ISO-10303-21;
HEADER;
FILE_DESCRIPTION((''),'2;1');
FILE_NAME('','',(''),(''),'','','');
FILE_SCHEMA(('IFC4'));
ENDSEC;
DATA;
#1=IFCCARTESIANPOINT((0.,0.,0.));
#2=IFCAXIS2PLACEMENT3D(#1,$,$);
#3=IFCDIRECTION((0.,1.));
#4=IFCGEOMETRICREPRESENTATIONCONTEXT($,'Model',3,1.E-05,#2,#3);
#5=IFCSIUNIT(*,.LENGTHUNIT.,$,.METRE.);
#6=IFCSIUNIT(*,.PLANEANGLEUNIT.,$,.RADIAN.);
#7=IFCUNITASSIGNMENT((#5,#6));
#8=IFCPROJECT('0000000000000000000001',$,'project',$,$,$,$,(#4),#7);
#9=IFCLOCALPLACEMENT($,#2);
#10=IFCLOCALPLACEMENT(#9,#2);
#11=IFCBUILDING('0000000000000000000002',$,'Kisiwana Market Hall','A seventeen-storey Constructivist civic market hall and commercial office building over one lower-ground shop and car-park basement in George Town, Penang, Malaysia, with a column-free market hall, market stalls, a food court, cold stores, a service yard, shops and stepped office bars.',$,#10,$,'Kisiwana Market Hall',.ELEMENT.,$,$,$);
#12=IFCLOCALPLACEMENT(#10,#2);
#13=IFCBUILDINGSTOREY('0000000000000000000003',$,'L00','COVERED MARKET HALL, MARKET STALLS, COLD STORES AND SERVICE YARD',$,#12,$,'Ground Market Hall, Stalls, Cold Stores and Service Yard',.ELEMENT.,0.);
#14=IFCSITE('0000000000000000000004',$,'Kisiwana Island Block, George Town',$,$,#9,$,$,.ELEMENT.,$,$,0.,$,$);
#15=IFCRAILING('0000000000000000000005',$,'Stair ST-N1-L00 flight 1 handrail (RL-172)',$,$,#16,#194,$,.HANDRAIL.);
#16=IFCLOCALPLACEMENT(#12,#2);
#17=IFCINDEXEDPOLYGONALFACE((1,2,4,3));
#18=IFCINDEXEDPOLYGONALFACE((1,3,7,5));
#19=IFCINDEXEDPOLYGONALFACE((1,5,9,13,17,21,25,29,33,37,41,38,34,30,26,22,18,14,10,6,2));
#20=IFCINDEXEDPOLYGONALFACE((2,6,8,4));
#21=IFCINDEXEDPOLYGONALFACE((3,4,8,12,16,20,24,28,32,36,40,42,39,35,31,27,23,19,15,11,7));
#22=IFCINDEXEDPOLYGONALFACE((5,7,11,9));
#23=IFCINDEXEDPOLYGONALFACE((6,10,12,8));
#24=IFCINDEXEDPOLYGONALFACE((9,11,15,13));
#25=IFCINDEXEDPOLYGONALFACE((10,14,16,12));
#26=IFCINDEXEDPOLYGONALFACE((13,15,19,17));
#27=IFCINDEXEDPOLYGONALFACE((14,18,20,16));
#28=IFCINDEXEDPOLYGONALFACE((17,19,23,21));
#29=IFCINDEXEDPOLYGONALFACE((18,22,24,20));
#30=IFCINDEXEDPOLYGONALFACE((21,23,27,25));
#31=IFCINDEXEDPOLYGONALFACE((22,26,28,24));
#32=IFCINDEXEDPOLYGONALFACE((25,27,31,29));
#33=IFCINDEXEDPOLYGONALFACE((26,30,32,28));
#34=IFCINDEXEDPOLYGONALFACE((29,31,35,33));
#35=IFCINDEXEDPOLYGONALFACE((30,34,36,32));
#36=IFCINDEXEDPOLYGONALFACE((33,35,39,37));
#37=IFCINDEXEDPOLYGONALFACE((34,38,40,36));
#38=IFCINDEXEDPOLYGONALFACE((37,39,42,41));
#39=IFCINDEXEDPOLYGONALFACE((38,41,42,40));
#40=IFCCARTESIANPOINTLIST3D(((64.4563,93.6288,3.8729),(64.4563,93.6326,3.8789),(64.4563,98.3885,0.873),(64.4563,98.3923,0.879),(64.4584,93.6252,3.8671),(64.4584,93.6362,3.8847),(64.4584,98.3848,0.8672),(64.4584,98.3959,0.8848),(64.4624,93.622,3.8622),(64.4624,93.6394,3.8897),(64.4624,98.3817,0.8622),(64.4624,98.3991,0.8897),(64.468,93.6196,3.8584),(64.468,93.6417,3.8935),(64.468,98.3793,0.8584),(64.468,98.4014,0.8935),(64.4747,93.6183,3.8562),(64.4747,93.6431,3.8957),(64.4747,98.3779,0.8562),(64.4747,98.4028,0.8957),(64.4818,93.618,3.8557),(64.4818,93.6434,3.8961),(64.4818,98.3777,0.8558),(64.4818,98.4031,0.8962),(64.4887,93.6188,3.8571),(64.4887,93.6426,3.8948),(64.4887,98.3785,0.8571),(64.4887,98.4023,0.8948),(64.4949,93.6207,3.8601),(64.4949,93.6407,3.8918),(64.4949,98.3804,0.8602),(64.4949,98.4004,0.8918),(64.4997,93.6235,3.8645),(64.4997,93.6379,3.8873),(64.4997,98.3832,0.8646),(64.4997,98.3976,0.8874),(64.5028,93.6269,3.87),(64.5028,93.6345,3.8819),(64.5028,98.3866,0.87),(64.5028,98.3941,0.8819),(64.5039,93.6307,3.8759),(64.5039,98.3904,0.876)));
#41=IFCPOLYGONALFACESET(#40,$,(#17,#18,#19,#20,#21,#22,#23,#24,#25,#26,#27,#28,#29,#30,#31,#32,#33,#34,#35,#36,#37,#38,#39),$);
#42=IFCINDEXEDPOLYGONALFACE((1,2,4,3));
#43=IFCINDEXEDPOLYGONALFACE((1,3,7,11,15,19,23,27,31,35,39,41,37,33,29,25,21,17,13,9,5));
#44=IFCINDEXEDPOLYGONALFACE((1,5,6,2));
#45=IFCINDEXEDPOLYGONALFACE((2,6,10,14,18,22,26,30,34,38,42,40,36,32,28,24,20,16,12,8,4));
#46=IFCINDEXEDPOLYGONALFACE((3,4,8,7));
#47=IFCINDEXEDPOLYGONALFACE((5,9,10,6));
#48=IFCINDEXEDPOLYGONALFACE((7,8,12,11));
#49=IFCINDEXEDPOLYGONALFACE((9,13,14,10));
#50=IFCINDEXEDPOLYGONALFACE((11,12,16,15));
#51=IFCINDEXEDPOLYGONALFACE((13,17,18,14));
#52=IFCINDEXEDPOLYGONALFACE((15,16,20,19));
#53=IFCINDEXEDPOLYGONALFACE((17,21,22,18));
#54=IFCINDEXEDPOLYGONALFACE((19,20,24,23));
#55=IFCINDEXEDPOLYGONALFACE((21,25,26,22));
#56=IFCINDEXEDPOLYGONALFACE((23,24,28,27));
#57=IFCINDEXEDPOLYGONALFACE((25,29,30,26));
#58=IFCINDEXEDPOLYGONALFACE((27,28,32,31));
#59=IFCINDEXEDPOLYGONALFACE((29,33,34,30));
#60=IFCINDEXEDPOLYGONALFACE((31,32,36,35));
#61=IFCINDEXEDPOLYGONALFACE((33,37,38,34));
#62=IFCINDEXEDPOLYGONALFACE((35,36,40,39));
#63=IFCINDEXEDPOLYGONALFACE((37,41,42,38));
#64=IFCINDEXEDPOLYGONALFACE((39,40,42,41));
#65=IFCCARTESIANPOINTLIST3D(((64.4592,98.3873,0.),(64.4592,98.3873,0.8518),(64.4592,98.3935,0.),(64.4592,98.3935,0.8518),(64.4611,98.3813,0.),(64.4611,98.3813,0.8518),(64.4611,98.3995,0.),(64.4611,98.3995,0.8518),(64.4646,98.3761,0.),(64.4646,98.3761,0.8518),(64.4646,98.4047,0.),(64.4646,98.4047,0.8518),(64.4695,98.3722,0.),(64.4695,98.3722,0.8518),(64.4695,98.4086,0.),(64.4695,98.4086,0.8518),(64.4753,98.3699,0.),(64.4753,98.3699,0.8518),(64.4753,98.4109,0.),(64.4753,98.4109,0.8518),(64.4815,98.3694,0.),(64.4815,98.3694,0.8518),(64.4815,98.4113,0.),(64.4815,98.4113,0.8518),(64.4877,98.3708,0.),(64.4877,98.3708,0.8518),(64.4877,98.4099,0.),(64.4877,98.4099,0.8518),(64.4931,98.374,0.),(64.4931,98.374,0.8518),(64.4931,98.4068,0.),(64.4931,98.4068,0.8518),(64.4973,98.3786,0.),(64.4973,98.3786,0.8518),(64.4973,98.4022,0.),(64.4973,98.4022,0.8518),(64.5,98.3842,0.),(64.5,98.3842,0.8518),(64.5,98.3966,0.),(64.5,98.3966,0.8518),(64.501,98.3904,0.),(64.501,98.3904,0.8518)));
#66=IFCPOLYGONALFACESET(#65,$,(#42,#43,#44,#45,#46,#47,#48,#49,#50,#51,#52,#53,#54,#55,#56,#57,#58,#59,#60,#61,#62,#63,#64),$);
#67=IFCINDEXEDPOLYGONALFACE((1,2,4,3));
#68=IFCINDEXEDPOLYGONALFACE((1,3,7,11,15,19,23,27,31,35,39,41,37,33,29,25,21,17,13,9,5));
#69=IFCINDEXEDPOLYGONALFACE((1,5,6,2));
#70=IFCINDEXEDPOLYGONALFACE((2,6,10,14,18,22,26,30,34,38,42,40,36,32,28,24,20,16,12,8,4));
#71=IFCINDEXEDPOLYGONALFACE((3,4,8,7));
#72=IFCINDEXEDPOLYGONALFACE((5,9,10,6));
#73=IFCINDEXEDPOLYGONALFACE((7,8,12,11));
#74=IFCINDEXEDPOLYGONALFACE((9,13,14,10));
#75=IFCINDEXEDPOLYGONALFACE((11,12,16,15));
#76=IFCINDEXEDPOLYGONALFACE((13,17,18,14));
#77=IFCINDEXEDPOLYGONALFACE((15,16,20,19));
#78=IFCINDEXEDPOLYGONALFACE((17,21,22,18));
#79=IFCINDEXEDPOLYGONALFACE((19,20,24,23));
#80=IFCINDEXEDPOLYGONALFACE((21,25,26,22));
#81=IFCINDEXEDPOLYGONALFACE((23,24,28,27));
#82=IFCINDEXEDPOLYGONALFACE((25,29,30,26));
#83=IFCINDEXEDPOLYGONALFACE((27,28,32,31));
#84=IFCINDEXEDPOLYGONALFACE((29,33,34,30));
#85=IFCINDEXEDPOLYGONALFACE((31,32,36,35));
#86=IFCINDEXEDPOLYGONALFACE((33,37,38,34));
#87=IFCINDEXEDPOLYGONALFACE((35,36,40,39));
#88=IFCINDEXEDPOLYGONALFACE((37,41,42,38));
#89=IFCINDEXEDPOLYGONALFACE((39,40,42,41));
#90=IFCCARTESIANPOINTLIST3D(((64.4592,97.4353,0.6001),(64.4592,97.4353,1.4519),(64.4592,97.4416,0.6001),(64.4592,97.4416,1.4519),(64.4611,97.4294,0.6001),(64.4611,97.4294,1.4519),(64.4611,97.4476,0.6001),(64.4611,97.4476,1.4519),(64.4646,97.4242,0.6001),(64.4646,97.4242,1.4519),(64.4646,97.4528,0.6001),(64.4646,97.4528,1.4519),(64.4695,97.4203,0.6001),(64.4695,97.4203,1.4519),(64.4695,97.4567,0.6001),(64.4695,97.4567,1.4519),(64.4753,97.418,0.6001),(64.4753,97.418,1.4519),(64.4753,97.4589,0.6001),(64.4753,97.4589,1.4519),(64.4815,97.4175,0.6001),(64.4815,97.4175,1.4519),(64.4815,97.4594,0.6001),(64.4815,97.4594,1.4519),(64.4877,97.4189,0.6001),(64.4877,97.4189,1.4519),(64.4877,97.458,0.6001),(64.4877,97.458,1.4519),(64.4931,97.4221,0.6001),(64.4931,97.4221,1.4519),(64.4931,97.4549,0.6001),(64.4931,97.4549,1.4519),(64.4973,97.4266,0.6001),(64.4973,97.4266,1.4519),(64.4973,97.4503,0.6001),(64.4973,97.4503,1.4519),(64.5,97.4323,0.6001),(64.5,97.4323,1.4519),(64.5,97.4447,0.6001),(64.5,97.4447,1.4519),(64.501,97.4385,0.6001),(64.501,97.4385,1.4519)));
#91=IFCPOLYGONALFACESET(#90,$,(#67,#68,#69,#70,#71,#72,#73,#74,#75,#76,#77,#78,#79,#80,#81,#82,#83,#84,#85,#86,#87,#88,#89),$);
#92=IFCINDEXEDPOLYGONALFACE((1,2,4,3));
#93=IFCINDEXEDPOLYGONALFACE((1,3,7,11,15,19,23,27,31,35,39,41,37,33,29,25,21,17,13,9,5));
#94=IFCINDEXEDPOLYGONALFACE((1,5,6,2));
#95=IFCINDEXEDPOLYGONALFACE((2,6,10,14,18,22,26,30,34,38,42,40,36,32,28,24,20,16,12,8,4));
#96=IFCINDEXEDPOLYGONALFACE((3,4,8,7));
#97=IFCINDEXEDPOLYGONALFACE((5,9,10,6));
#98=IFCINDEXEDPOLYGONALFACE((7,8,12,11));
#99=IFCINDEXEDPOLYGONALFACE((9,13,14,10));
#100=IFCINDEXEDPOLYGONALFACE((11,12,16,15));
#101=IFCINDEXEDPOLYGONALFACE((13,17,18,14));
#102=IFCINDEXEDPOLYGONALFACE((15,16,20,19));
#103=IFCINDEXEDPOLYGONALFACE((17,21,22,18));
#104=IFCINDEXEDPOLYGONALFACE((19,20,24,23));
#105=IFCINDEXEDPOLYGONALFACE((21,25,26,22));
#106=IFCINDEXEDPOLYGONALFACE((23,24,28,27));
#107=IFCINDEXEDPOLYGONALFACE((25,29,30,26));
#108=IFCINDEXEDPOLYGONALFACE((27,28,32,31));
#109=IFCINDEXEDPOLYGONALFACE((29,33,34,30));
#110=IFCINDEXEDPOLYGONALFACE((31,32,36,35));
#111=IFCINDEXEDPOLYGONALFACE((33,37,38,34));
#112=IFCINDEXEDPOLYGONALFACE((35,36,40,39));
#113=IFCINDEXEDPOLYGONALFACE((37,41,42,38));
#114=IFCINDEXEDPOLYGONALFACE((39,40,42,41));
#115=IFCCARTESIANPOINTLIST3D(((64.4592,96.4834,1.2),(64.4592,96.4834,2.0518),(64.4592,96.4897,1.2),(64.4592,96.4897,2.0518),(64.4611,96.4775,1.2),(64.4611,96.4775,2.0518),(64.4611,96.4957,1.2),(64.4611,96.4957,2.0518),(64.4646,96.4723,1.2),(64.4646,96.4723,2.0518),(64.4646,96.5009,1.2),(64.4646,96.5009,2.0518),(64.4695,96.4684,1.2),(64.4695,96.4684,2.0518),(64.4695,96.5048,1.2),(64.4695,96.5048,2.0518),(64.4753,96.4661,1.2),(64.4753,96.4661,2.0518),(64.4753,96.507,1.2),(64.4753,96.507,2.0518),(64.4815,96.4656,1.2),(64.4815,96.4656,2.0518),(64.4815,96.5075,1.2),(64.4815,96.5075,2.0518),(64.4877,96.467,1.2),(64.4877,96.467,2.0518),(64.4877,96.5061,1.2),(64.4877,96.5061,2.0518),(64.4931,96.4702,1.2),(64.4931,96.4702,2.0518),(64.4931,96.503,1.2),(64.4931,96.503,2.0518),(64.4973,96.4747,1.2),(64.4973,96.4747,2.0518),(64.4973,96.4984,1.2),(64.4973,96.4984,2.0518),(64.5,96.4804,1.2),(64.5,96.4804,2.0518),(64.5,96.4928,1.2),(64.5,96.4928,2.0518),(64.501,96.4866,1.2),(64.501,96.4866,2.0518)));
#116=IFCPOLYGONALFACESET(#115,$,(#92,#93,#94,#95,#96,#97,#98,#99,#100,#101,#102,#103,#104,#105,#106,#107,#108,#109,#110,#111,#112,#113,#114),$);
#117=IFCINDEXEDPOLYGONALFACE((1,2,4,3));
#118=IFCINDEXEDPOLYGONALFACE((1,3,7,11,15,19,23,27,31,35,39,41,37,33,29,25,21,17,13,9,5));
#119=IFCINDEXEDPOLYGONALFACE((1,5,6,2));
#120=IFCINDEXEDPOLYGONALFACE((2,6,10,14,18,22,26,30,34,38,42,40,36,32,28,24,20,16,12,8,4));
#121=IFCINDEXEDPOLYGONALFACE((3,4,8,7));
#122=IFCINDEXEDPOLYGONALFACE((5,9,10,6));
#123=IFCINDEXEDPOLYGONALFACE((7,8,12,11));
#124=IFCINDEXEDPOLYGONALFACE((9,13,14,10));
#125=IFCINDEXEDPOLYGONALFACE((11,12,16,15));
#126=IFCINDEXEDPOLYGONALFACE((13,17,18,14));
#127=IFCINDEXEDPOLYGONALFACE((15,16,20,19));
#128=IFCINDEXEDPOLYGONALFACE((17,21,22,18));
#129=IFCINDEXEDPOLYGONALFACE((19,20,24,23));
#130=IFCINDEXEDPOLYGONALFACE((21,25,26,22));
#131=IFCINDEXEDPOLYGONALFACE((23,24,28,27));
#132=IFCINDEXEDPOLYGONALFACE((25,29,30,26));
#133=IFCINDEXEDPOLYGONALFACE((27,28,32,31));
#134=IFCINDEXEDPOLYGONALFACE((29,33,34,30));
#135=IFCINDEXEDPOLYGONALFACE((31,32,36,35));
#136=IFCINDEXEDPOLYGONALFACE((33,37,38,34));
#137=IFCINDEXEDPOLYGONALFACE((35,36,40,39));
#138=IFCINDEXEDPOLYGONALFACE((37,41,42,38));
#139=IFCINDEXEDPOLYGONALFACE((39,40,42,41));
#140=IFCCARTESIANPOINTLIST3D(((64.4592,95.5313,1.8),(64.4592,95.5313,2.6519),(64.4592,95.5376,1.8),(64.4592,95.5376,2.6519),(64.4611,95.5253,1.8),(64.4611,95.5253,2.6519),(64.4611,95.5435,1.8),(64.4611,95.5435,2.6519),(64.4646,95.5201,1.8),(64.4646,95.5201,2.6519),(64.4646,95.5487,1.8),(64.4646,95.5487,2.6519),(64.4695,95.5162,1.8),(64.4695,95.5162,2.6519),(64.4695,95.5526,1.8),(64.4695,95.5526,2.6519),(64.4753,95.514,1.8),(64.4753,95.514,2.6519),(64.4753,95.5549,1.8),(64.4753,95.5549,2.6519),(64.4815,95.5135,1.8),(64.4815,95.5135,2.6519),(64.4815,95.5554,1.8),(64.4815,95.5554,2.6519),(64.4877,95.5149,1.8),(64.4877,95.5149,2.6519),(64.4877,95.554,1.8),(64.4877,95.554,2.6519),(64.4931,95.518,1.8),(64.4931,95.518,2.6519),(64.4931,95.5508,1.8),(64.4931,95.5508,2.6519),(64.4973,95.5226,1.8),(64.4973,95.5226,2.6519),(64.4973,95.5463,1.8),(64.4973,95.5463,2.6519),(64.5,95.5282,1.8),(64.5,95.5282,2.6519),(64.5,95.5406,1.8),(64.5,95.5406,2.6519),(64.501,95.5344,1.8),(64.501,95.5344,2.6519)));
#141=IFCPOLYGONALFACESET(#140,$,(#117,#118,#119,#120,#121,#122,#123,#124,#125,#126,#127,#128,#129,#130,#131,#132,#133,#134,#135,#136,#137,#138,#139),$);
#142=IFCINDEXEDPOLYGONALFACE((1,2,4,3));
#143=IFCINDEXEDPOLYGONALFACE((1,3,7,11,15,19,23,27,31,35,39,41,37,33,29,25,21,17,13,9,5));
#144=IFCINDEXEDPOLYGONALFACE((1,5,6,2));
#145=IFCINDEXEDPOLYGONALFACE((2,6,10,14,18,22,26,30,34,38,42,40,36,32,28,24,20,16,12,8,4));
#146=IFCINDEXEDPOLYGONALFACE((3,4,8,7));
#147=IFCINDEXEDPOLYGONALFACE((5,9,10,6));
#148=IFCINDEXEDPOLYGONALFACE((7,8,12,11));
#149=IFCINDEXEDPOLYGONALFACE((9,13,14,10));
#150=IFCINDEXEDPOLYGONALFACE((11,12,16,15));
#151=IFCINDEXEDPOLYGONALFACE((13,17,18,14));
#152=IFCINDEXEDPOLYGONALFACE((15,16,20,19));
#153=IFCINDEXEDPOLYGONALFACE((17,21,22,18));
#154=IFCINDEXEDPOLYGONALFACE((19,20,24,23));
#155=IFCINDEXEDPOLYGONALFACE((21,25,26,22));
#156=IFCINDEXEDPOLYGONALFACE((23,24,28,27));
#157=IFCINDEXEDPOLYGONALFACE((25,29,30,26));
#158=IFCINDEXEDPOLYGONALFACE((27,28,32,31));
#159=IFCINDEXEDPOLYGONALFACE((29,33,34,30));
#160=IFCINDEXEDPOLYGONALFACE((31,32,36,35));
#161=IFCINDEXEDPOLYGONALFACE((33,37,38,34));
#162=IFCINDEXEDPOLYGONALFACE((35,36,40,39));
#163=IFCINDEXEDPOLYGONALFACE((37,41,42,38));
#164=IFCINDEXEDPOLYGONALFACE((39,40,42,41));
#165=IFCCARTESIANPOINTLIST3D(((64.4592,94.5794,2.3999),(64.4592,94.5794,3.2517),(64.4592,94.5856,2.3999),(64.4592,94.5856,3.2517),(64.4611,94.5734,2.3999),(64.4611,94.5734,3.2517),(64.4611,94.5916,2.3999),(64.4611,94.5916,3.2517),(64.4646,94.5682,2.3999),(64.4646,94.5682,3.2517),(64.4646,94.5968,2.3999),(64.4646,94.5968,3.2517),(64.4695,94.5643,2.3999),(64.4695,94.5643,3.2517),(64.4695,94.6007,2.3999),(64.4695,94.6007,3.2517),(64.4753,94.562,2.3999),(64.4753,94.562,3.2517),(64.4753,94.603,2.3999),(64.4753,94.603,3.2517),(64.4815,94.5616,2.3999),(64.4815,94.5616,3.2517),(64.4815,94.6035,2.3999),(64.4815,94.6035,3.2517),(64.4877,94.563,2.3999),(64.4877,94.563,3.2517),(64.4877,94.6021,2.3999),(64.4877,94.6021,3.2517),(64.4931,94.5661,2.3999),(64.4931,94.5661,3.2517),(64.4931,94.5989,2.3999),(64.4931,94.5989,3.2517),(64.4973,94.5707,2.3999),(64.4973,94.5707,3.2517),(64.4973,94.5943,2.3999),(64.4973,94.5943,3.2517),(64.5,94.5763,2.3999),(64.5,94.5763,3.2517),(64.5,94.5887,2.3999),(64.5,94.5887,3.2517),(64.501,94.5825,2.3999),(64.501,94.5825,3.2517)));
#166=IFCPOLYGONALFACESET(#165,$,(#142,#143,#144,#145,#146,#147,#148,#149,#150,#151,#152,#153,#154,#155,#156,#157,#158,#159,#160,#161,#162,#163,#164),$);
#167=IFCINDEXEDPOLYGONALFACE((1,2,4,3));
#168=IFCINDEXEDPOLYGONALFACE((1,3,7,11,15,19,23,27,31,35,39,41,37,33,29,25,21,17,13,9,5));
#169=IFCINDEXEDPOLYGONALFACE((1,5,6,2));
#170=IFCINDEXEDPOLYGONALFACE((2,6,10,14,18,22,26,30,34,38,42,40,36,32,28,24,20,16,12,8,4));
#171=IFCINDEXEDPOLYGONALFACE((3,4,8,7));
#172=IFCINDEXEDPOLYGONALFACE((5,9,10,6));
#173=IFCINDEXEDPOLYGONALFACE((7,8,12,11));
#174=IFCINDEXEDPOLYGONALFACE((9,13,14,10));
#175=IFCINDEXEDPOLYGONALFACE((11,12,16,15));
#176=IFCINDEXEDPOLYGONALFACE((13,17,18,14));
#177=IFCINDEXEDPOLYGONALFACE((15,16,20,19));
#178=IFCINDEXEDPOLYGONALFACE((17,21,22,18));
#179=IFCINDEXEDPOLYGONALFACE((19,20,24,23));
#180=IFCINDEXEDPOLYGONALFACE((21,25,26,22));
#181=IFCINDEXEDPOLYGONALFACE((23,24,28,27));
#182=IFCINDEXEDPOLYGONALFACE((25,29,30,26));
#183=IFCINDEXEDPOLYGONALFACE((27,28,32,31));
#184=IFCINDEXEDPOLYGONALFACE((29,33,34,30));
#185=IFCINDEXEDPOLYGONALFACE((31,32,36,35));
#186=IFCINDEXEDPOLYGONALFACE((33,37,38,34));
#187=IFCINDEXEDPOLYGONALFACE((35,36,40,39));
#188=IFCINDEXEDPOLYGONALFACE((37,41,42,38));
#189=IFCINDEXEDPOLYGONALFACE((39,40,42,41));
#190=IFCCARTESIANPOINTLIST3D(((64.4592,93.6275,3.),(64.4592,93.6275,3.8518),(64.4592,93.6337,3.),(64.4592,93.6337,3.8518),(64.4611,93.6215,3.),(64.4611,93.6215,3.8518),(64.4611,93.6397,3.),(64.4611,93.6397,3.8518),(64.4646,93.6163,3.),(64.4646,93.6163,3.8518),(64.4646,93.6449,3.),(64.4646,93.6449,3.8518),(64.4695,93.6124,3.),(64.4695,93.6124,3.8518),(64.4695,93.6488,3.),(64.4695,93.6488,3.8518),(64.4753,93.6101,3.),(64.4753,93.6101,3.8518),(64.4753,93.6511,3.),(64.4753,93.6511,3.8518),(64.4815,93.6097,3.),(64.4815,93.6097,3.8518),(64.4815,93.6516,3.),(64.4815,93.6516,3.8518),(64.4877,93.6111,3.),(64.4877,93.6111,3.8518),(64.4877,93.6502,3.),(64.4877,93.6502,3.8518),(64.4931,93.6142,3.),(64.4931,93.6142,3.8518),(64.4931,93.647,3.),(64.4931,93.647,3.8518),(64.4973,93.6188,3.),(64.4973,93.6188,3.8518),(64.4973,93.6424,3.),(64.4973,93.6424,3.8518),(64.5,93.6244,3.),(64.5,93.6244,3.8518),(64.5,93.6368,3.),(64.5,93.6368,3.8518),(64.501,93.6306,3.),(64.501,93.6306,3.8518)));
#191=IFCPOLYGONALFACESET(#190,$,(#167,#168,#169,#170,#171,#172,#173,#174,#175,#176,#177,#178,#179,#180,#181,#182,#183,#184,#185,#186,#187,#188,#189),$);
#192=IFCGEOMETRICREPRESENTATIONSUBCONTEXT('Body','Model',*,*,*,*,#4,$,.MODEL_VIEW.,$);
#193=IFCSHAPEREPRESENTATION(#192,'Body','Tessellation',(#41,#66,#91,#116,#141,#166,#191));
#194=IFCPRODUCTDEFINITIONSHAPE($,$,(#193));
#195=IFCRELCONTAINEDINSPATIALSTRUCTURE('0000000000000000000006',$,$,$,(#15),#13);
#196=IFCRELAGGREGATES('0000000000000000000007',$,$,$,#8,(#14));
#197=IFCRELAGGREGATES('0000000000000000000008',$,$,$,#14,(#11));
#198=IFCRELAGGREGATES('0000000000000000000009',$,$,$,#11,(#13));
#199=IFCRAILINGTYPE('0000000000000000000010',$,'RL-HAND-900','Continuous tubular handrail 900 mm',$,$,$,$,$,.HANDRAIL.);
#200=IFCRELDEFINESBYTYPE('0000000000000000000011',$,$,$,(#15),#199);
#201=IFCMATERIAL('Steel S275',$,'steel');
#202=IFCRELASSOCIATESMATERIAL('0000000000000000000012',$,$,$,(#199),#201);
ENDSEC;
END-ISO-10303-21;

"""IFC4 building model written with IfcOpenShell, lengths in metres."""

from ifc_helpers import new_model, si_unit, direction, frame, origin, origin_2d, place, context, subcontext, project, spatial, circle, extrude, material, type_object, element, save


model = new_model("IFC4")

# Units and contexts
model_context = context("Model", 3, precision=1e-05, world=origin(), true_north=direction((0.0, 1.0)))
body_context = subcontext(model_context, "Body", "Model", "MODEL_VIEW")
ifc_project = project(units=[si_unit("LENGTHUNIT", "METRE"), si_unit("PLANEANGLEUNIT", "RADIAN")], contexts=[model_context])

# Site, building, storey
site_placement = place(None, origin())
site = spatial("IfcSite", under=ifc_project, at=site_placement, Name="Kisiwana Island Block, George Town", CompositionType="ELEMENT", RefElevation=0.0)
building_placement = place(site_placement, origin())
building = spatial("IfcBuilding", under=site, at=building_placement, Name="Kisiwana Market Hall", Description="A seventeen-storey Constructivist civic market hall and commercial office building over one lower-ground shop and car-park basement in George Town, Penang, Malaysia, with a column-free market hall, market stalls, a food court, cold stores, a service yard, shops and stepped office bars.", LongName="Kisiwana Market Hall", CompositionType="ELEMENT")
storey_placement = place(building_placement, origin())
storey = spatial("IfcBuildingStorey", under=building, at=storey_placement, Name="L00", Description="COVERED MARKET HALL, MARKET STALLS, COLD STORES AND SERVICE YARD", LongName="Ground Market Hall, Stalls, Cold Stores and Service Yard", CompositionType="ELEMENT", Elevation=0.0)

# Railing
ifc_material_1 = material(Name="Steel S275", Category="steel")
railing_type_1 = type_object("IfcRailingType", Name="RL-HAND-900", Description="Continuous tubular handrail 900 mm", PredefinedType="HANDRAIL", material=ifc_material_1)
railing_1_placement = place(storey_placement, frame((64.48, 98.3904, 0.0)))
element("IfcRailing", 1, at=railing_1_placement, inside=storey, type_object=railing_type_1, Name="Stair ST-N1-L00 flight 1 handrail (RL-172)", PredefinedType="HANDRAIL", context=body_context, shape_type="SweptSolid", body=[
    extrude(circle(Radius=0.0239, at=origin_2d()), frame((0.0, 0.0, 0.876), z_axis=(0.0, -0.845983, 0.533209), x_axis=(1.0, 0.0, 0.0)), (0.0, 0.0, 1.0), 5.6262),
    extrude(circle(Radius=0.021, at=origin_2d()), origin(), (0.0, 0.0, 1.0), 0.8518),
    extrude(circle(Radius=0.021, at=origin_2d()), frame((0.0, -0.9519, 0.6001)), (0.0, 0.0, 1.0), 0.8518),
    extrude(circle(Radius=0.021, at=origin_2d()), frame((0.0, -1.9038, 1.2)), (0.0, 0.0, 1.0), 0.8518),
    extrude(circle(Radius=0.021, at=origin_2d()), frame((0.0, -2.856, 1.8)), (0.0, 0.0, 1.0), 0.8518),
    extrude(circle(Radius=0.021, at=origin_2d()), frame((0.0, -3.8079, 2.3999)), (0.0, 0.0, 1.0), 0.8518),
    extrude(circle(Radius=0.021, at=origin_2d()), frame((0.0, -4.7598, 3.0)), (0.0, 0.0, 1.0), 0.8518),
])

save(model, "model.ifc")
